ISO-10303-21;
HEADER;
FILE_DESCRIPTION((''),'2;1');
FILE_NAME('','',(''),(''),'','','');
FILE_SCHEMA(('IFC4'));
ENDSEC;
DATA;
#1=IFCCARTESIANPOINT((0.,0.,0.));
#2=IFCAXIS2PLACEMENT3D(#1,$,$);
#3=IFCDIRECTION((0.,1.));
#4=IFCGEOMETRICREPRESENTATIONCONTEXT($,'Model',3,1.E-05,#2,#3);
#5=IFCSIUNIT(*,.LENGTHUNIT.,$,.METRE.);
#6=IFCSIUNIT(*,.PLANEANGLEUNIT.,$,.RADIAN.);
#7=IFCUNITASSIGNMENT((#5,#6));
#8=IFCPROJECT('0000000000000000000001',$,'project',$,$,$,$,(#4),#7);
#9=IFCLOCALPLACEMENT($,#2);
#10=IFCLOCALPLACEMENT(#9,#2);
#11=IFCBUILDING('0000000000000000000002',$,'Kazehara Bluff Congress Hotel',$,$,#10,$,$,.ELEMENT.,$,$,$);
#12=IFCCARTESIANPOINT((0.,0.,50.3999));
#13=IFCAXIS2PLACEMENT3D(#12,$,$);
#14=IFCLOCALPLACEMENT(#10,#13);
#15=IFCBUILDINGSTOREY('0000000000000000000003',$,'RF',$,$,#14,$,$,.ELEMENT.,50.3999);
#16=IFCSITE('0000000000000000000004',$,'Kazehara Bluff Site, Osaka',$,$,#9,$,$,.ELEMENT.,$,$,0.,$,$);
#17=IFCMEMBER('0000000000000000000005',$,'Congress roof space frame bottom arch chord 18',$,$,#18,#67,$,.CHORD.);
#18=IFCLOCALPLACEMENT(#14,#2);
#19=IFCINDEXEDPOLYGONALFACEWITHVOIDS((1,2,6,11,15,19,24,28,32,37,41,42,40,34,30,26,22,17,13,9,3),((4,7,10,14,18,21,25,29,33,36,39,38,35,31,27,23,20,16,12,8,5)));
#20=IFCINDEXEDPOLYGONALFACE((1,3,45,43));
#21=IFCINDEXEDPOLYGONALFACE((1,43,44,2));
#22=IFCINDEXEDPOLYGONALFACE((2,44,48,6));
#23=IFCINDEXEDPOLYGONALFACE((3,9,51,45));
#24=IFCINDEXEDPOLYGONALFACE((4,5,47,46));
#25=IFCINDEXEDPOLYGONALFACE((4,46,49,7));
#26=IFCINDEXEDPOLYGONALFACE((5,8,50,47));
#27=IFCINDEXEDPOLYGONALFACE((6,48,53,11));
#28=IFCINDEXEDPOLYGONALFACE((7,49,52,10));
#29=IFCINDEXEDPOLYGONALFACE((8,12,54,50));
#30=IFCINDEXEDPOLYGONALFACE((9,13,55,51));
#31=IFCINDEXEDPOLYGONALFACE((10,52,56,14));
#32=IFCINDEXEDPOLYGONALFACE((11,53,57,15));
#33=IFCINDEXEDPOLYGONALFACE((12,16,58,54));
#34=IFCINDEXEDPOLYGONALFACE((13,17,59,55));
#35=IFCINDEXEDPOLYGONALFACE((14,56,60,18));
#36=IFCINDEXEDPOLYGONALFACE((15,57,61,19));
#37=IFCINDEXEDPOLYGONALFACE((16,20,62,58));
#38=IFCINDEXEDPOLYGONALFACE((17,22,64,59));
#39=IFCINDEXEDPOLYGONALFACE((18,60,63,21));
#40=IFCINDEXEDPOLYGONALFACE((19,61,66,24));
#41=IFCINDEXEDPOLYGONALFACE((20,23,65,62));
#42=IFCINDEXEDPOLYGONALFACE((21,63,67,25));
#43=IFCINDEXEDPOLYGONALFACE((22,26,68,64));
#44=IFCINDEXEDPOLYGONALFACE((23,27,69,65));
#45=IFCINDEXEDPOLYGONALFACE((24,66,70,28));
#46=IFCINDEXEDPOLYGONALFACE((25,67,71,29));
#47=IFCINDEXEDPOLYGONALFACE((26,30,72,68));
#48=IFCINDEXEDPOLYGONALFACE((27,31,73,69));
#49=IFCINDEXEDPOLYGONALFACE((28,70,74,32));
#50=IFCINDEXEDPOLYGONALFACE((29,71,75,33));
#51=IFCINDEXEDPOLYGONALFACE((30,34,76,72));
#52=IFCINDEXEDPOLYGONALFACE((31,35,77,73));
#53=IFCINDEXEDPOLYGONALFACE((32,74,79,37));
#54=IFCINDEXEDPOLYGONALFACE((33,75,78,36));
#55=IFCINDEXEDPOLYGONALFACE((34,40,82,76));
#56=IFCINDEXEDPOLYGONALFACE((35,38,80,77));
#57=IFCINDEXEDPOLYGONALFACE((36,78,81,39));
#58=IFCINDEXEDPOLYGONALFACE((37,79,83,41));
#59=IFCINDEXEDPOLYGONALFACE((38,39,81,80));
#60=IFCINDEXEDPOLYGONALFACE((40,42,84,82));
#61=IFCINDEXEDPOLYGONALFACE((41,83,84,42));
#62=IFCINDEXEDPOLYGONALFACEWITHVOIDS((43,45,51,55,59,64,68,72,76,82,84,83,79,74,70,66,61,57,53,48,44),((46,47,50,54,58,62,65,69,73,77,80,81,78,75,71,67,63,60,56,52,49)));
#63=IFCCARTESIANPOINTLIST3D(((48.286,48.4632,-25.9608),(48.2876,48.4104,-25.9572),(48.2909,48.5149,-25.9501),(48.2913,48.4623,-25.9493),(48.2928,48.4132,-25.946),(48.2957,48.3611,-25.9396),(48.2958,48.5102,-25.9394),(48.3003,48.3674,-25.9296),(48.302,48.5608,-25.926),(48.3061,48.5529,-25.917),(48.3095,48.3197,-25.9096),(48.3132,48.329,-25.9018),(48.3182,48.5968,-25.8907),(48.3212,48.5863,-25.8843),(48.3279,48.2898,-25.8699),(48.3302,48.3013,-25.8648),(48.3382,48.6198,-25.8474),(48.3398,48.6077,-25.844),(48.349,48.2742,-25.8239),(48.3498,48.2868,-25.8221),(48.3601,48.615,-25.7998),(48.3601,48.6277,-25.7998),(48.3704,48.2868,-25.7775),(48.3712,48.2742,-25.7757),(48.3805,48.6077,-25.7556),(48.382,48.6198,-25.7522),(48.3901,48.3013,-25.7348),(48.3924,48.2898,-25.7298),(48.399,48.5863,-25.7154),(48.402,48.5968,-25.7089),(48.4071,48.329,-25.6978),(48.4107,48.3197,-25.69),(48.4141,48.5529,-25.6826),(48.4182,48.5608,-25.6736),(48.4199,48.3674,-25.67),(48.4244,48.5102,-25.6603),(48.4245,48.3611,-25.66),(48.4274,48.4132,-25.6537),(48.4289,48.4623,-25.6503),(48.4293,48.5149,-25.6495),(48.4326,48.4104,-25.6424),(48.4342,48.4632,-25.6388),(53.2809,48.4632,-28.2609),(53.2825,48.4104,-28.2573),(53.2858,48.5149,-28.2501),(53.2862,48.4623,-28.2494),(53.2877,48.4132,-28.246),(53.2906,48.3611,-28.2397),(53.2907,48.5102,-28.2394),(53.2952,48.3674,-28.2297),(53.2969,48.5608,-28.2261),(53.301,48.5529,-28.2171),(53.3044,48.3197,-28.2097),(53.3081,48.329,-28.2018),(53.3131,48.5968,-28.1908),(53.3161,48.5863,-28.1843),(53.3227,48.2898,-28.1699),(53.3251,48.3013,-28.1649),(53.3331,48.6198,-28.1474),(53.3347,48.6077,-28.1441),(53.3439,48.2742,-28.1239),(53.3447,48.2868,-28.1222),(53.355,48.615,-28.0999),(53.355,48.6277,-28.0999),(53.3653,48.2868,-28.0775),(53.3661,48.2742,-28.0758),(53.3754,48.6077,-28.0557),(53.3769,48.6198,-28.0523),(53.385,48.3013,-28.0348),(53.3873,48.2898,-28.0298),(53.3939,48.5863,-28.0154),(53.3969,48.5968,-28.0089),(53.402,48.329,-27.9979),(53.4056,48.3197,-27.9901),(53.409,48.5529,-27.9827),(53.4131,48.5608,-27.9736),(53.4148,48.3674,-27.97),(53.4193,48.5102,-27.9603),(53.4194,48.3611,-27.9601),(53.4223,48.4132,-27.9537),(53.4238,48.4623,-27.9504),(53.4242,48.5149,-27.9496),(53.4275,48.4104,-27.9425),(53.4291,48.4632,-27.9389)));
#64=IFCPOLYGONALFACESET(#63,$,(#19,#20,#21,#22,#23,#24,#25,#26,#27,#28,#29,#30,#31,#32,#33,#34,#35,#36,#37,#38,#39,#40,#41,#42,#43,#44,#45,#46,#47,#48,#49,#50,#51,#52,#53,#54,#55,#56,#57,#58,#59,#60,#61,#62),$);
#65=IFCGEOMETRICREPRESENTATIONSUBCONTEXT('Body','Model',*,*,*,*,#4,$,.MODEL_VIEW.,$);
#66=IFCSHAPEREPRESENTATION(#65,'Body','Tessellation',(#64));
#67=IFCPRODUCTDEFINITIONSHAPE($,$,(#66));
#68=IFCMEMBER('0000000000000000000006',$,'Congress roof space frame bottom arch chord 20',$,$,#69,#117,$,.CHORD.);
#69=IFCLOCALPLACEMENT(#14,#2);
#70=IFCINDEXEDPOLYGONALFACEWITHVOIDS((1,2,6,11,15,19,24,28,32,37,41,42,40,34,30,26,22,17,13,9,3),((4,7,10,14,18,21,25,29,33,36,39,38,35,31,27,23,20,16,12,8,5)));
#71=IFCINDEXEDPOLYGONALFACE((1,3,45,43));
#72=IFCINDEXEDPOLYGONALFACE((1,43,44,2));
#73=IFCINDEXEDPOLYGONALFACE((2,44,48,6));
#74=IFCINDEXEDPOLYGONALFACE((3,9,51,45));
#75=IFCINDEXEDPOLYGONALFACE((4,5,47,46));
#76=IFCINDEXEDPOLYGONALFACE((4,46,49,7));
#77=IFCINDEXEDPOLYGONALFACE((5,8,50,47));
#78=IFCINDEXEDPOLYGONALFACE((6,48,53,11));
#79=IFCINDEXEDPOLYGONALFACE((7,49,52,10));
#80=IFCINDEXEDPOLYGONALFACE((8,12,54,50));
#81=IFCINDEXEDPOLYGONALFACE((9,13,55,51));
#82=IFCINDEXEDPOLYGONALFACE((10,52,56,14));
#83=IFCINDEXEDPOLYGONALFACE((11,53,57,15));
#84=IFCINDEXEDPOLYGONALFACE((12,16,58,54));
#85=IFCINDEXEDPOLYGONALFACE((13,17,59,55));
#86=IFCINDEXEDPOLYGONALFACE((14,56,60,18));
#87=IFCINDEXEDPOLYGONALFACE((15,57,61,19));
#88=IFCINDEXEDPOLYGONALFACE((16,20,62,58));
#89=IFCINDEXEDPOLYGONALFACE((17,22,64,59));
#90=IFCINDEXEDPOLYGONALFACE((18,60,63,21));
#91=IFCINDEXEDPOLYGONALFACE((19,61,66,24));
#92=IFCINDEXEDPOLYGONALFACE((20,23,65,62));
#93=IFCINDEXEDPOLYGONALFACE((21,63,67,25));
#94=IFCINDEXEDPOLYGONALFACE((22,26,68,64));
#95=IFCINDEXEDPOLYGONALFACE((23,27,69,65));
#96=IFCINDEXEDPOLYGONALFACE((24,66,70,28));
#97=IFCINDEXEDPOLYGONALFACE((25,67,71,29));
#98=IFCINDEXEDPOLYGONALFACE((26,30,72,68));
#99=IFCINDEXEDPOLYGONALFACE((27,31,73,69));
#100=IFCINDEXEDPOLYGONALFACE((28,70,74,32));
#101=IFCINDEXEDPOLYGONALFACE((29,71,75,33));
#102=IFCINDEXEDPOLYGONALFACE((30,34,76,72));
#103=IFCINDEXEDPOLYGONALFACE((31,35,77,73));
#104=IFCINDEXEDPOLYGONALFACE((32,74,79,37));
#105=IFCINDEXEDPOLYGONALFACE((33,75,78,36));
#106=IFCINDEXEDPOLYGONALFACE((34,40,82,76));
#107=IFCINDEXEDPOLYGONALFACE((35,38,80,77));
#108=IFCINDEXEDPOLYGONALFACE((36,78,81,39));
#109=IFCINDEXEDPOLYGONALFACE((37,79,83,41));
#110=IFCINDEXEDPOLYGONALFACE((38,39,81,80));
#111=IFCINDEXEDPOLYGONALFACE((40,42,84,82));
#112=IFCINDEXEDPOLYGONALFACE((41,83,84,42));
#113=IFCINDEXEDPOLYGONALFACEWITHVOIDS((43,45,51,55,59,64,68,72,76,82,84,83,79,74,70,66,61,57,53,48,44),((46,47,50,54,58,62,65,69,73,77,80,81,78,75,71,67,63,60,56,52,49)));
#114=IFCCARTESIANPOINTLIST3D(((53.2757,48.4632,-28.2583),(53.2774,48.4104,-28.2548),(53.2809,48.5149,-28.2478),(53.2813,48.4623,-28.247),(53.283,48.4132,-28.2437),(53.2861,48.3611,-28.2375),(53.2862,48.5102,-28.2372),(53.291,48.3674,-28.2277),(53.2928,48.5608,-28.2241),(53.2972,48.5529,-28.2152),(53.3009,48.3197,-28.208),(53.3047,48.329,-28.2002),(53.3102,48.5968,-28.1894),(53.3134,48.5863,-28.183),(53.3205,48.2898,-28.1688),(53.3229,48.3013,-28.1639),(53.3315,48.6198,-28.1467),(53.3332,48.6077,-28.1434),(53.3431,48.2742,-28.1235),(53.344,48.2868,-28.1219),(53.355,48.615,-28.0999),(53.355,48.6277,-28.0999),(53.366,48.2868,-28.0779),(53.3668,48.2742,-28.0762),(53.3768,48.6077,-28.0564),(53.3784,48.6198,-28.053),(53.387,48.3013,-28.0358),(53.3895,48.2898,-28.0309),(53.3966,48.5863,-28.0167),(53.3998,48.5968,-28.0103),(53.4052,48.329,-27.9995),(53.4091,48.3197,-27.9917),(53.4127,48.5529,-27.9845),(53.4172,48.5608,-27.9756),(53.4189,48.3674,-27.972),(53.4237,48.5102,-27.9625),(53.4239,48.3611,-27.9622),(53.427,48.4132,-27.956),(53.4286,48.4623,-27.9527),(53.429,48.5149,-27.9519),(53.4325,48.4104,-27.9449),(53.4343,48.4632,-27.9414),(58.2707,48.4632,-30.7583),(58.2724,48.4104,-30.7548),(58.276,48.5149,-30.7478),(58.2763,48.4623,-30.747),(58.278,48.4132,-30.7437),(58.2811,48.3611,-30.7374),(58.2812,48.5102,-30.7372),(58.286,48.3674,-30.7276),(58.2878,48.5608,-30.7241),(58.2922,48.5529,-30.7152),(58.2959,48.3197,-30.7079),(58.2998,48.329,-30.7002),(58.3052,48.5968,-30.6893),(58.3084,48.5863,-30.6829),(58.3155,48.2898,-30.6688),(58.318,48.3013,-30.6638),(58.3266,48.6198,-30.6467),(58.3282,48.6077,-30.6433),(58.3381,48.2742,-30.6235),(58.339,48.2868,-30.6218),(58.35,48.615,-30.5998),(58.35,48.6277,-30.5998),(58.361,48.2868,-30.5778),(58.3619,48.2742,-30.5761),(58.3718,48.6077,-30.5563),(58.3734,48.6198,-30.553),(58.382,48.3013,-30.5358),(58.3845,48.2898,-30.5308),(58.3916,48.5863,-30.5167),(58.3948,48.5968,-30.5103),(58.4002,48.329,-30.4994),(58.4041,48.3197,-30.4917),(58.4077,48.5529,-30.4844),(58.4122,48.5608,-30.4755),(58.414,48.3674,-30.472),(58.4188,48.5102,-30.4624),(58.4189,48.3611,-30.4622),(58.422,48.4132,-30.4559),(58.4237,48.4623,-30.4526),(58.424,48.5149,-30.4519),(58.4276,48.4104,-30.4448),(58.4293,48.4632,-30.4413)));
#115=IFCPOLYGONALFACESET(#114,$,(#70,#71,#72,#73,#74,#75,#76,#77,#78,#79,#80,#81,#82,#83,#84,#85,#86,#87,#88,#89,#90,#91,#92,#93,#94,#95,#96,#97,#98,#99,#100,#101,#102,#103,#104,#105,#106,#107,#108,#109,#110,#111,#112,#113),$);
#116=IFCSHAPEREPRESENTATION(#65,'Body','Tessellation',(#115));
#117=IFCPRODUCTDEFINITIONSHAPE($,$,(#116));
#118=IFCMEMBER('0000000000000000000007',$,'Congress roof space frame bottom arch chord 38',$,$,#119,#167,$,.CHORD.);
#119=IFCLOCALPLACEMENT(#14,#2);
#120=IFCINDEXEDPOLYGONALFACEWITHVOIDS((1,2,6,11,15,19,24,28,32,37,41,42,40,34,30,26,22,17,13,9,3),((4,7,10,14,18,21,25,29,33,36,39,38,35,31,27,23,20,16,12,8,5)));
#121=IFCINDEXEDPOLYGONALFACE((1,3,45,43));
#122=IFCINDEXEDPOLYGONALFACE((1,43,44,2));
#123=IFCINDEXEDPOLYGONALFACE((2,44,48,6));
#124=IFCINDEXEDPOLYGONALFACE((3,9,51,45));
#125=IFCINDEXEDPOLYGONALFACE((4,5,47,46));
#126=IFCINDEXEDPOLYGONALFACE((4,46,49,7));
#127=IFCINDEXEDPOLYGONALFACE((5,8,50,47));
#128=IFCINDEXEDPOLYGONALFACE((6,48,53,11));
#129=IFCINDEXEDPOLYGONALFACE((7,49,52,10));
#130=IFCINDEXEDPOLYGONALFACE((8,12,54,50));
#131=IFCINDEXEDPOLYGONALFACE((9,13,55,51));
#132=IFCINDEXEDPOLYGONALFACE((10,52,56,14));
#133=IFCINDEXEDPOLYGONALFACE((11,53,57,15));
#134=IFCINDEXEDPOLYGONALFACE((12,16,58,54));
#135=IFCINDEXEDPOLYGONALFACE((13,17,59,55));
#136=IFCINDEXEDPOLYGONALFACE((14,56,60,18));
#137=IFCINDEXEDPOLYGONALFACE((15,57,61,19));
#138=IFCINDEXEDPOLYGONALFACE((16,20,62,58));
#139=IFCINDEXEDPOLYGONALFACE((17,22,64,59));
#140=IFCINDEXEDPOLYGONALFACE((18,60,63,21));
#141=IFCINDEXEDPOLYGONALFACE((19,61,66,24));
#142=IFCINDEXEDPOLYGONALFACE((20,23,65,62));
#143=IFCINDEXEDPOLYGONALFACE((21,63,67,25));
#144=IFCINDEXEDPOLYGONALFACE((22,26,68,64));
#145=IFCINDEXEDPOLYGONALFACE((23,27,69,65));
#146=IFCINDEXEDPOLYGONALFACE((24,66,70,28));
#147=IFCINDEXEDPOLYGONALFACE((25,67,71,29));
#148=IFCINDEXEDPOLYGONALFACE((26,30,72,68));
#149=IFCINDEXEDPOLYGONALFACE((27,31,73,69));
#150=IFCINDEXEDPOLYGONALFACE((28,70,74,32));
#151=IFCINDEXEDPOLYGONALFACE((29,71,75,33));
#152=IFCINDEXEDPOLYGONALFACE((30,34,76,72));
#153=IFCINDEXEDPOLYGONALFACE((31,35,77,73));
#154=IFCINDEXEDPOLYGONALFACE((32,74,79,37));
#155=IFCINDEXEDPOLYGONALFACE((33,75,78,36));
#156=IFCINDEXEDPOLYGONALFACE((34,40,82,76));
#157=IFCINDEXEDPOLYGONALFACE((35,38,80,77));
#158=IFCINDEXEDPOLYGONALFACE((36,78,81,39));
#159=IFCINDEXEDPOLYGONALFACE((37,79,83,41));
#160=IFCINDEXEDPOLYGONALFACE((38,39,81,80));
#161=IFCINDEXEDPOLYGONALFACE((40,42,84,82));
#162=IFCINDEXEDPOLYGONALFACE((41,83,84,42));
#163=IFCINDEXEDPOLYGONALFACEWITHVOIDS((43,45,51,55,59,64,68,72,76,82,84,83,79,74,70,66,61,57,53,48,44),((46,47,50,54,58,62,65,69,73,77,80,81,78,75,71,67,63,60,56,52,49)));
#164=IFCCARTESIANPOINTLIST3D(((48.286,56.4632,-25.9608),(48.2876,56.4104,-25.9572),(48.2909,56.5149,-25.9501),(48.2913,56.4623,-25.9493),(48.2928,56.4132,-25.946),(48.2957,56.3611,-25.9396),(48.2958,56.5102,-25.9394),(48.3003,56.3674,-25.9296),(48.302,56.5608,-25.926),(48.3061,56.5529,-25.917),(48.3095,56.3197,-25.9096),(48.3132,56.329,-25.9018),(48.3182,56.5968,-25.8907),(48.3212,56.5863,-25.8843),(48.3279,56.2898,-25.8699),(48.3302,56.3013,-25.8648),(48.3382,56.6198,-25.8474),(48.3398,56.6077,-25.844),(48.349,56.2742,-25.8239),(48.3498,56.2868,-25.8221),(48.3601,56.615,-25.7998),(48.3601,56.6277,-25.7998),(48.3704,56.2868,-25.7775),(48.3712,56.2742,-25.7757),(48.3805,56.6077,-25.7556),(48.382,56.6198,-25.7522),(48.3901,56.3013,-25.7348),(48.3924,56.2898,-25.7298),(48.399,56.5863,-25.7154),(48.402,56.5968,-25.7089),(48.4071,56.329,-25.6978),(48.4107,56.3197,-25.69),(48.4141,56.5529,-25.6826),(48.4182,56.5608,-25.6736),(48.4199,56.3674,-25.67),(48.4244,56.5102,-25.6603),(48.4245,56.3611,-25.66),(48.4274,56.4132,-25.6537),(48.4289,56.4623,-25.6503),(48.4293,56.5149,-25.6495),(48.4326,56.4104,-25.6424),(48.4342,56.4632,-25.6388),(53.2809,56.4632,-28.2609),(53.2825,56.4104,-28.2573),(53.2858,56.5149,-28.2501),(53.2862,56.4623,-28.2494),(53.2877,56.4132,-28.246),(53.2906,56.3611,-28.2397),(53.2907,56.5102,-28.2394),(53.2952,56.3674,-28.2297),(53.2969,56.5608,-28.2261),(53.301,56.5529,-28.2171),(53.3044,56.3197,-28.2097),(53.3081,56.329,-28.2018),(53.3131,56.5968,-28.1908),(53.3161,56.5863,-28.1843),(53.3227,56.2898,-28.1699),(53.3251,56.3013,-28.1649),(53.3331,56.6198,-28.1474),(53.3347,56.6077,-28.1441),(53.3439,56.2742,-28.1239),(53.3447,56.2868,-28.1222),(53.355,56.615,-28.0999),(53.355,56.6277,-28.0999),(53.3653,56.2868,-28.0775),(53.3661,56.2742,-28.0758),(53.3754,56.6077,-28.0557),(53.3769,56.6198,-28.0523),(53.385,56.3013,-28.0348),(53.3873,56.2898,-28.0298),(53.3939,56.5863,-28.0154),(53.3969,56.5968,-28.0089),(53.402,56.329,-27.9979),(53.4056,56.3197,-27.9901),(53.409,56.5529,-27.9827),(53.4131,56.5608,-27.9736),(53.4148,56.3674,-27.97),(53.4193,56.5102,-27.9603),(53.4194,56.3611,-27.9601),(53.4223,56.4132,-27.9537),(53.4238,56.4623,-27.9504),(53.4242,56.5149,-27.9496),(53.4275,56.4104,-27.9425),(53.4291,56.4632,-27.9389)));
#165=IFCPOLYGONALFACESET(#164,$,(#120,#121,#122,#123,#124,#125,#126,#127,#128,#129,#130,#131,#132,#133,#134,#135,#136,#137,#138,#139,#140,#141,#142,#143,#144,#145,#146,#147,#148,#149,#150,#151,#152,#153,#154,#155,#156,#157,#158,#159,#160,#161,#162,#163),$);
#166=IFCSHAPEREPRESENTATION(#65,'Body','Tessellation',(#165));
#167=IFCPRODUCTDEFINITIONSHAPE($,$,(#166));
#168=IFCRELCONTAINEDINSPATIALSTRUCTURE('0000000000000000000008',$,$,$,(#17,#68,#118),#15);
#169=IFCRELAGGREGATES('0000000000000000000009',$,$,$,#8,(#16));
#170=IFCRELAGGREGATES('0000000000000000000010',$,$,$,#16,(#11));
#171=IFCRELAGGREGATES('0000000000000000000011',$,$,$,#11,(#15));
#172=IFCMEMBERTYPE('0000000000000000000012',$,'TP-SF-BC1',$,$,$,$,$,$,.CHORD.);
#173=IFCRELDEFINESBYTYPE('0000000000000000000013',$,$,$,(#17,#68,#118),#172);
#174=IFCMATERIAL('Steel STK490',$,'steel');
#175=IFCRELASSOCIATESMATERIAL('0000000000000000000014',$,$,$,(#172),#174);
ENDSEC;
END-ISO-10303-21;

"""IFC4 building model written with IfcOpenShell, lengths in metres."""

from ifc_helpers import new_model, si_unit, direction, frame, origin, origin_2d, place, context, subcontext, project, spatial, hollow_circle, extrude, material, material_profile, profile_set, type_object, element, save


model = new_model("IFC4")

# Units and contexts
model_context = context("Model", 3, precision=1e-05, world=origin(), true_north=direction((0.0, 1.0)))
body_context = subcontext(model_context, "Body", "Model", "MODEL_VIEW")
ifc_project = project(units=[si_unit("LENGTHUNIT", "METRE"), si_unit("PLANEANGLEUNIT", "RADIAN")], contexts=[model_context])

# Site, building, storey
site_placement = place(None, origin())
site = spatial("IfcSite", under=ifc_project, at=site_placement, Name="Kazehara Bluff Site, Osaka", CompositionType="ELEMENT", RefElevation=0.0)
building_placement = place(site_placement, origin())
building = spatial("IfcBuilding", under=site, at=building_placement, Name="Kazehara Bluff Congress Hotel", CompositionType="ELEMENT")
storey_placement = place(building_placement, frame((0.0, 0.0, 50.3999)))
storey = spatial("IfcBuildingStorey", under=building, at=storey_placement, Name="RF", CompositionType="ELEMENT", Elevation=50.3999)

# Members
ifc_material_1 = material(Name="Steel STK490", Category="steel")
ifc_material_profile_1 = material_profile(ifc_material_1, hollow_circle(Radius=0.1777, WallThickness=0.0127, at=origin_2d()))
ifc_profile_set_1 = profile_set([ifc_material_profile_1], Name="Steel STK490")
member_type_1 = type_object("IfcMemberType", Name="TP-SF-BC1", PredefinedType="CHORD", material=ifc_profile_set_1)
member_1_placement = place(storey_placement, frame((48.3601, 48.45, -25.7998), z_axis=(0.908324, 0.0, -0.418267), x_axis=(0.0, 1.0, 0.0)))
element("IfcMember", 1, at=member_1_placement, inside=storey, type_object=member_type_1, Name="Congress roof space frame bottom arch chord 18", PredefinedType="CHORD", context=body_context, shape_type="SweptSolid", body=[
    extrude(hollow_circle(Radius=0.1777, WallThickness=0.0127, at=origin_2d()), origin(), (0.0, 0.0, 1.0), 5.499),
])
member_2_placement = place(storey_placement, frame((53.355, 48.45, -28.0999), z_axis=(0.894252, 0.0, -0.447563), x_axis=(0.0, 1.0, 0.0)))
element("IfcMember", 2, at=member_2_placement, inside=storey, type_object=member_type_1, Name="Congress roof space frame bottom arch chord 20", PredefinedType="CHORD", context=body_context, shape_type="SweptSolid", body=[
    extrude(hollow_circle(Radius=0.1777, WallThickness=0.0127, at=origin_2d()), origin(), (0.0, 0.0, 1.0), 5.5857),
])
member_3_placement = place(storey_placement, frame((48.3601, 56.45, -25.7998), z_axis=(0.908324, 0.0, -0.418267), x_axis=(0.0, 1.0, 0.0)))
element("IfcMember", 3, at=member_3_placement, inside=storey, type_object=member_type_1, Name="Congress roof space frame bottom arch chord 38", PredefinedType="CHORD", context=body_context, shape_type="SweptSolid", body=[
    extrude(hollow_circle(Radius=0.1777, WallThickness=0.0127, at=origin_2d()), origin(), (0.0, 0.0, 1.0), 5.499),
])

save(model, "model.ifc")
